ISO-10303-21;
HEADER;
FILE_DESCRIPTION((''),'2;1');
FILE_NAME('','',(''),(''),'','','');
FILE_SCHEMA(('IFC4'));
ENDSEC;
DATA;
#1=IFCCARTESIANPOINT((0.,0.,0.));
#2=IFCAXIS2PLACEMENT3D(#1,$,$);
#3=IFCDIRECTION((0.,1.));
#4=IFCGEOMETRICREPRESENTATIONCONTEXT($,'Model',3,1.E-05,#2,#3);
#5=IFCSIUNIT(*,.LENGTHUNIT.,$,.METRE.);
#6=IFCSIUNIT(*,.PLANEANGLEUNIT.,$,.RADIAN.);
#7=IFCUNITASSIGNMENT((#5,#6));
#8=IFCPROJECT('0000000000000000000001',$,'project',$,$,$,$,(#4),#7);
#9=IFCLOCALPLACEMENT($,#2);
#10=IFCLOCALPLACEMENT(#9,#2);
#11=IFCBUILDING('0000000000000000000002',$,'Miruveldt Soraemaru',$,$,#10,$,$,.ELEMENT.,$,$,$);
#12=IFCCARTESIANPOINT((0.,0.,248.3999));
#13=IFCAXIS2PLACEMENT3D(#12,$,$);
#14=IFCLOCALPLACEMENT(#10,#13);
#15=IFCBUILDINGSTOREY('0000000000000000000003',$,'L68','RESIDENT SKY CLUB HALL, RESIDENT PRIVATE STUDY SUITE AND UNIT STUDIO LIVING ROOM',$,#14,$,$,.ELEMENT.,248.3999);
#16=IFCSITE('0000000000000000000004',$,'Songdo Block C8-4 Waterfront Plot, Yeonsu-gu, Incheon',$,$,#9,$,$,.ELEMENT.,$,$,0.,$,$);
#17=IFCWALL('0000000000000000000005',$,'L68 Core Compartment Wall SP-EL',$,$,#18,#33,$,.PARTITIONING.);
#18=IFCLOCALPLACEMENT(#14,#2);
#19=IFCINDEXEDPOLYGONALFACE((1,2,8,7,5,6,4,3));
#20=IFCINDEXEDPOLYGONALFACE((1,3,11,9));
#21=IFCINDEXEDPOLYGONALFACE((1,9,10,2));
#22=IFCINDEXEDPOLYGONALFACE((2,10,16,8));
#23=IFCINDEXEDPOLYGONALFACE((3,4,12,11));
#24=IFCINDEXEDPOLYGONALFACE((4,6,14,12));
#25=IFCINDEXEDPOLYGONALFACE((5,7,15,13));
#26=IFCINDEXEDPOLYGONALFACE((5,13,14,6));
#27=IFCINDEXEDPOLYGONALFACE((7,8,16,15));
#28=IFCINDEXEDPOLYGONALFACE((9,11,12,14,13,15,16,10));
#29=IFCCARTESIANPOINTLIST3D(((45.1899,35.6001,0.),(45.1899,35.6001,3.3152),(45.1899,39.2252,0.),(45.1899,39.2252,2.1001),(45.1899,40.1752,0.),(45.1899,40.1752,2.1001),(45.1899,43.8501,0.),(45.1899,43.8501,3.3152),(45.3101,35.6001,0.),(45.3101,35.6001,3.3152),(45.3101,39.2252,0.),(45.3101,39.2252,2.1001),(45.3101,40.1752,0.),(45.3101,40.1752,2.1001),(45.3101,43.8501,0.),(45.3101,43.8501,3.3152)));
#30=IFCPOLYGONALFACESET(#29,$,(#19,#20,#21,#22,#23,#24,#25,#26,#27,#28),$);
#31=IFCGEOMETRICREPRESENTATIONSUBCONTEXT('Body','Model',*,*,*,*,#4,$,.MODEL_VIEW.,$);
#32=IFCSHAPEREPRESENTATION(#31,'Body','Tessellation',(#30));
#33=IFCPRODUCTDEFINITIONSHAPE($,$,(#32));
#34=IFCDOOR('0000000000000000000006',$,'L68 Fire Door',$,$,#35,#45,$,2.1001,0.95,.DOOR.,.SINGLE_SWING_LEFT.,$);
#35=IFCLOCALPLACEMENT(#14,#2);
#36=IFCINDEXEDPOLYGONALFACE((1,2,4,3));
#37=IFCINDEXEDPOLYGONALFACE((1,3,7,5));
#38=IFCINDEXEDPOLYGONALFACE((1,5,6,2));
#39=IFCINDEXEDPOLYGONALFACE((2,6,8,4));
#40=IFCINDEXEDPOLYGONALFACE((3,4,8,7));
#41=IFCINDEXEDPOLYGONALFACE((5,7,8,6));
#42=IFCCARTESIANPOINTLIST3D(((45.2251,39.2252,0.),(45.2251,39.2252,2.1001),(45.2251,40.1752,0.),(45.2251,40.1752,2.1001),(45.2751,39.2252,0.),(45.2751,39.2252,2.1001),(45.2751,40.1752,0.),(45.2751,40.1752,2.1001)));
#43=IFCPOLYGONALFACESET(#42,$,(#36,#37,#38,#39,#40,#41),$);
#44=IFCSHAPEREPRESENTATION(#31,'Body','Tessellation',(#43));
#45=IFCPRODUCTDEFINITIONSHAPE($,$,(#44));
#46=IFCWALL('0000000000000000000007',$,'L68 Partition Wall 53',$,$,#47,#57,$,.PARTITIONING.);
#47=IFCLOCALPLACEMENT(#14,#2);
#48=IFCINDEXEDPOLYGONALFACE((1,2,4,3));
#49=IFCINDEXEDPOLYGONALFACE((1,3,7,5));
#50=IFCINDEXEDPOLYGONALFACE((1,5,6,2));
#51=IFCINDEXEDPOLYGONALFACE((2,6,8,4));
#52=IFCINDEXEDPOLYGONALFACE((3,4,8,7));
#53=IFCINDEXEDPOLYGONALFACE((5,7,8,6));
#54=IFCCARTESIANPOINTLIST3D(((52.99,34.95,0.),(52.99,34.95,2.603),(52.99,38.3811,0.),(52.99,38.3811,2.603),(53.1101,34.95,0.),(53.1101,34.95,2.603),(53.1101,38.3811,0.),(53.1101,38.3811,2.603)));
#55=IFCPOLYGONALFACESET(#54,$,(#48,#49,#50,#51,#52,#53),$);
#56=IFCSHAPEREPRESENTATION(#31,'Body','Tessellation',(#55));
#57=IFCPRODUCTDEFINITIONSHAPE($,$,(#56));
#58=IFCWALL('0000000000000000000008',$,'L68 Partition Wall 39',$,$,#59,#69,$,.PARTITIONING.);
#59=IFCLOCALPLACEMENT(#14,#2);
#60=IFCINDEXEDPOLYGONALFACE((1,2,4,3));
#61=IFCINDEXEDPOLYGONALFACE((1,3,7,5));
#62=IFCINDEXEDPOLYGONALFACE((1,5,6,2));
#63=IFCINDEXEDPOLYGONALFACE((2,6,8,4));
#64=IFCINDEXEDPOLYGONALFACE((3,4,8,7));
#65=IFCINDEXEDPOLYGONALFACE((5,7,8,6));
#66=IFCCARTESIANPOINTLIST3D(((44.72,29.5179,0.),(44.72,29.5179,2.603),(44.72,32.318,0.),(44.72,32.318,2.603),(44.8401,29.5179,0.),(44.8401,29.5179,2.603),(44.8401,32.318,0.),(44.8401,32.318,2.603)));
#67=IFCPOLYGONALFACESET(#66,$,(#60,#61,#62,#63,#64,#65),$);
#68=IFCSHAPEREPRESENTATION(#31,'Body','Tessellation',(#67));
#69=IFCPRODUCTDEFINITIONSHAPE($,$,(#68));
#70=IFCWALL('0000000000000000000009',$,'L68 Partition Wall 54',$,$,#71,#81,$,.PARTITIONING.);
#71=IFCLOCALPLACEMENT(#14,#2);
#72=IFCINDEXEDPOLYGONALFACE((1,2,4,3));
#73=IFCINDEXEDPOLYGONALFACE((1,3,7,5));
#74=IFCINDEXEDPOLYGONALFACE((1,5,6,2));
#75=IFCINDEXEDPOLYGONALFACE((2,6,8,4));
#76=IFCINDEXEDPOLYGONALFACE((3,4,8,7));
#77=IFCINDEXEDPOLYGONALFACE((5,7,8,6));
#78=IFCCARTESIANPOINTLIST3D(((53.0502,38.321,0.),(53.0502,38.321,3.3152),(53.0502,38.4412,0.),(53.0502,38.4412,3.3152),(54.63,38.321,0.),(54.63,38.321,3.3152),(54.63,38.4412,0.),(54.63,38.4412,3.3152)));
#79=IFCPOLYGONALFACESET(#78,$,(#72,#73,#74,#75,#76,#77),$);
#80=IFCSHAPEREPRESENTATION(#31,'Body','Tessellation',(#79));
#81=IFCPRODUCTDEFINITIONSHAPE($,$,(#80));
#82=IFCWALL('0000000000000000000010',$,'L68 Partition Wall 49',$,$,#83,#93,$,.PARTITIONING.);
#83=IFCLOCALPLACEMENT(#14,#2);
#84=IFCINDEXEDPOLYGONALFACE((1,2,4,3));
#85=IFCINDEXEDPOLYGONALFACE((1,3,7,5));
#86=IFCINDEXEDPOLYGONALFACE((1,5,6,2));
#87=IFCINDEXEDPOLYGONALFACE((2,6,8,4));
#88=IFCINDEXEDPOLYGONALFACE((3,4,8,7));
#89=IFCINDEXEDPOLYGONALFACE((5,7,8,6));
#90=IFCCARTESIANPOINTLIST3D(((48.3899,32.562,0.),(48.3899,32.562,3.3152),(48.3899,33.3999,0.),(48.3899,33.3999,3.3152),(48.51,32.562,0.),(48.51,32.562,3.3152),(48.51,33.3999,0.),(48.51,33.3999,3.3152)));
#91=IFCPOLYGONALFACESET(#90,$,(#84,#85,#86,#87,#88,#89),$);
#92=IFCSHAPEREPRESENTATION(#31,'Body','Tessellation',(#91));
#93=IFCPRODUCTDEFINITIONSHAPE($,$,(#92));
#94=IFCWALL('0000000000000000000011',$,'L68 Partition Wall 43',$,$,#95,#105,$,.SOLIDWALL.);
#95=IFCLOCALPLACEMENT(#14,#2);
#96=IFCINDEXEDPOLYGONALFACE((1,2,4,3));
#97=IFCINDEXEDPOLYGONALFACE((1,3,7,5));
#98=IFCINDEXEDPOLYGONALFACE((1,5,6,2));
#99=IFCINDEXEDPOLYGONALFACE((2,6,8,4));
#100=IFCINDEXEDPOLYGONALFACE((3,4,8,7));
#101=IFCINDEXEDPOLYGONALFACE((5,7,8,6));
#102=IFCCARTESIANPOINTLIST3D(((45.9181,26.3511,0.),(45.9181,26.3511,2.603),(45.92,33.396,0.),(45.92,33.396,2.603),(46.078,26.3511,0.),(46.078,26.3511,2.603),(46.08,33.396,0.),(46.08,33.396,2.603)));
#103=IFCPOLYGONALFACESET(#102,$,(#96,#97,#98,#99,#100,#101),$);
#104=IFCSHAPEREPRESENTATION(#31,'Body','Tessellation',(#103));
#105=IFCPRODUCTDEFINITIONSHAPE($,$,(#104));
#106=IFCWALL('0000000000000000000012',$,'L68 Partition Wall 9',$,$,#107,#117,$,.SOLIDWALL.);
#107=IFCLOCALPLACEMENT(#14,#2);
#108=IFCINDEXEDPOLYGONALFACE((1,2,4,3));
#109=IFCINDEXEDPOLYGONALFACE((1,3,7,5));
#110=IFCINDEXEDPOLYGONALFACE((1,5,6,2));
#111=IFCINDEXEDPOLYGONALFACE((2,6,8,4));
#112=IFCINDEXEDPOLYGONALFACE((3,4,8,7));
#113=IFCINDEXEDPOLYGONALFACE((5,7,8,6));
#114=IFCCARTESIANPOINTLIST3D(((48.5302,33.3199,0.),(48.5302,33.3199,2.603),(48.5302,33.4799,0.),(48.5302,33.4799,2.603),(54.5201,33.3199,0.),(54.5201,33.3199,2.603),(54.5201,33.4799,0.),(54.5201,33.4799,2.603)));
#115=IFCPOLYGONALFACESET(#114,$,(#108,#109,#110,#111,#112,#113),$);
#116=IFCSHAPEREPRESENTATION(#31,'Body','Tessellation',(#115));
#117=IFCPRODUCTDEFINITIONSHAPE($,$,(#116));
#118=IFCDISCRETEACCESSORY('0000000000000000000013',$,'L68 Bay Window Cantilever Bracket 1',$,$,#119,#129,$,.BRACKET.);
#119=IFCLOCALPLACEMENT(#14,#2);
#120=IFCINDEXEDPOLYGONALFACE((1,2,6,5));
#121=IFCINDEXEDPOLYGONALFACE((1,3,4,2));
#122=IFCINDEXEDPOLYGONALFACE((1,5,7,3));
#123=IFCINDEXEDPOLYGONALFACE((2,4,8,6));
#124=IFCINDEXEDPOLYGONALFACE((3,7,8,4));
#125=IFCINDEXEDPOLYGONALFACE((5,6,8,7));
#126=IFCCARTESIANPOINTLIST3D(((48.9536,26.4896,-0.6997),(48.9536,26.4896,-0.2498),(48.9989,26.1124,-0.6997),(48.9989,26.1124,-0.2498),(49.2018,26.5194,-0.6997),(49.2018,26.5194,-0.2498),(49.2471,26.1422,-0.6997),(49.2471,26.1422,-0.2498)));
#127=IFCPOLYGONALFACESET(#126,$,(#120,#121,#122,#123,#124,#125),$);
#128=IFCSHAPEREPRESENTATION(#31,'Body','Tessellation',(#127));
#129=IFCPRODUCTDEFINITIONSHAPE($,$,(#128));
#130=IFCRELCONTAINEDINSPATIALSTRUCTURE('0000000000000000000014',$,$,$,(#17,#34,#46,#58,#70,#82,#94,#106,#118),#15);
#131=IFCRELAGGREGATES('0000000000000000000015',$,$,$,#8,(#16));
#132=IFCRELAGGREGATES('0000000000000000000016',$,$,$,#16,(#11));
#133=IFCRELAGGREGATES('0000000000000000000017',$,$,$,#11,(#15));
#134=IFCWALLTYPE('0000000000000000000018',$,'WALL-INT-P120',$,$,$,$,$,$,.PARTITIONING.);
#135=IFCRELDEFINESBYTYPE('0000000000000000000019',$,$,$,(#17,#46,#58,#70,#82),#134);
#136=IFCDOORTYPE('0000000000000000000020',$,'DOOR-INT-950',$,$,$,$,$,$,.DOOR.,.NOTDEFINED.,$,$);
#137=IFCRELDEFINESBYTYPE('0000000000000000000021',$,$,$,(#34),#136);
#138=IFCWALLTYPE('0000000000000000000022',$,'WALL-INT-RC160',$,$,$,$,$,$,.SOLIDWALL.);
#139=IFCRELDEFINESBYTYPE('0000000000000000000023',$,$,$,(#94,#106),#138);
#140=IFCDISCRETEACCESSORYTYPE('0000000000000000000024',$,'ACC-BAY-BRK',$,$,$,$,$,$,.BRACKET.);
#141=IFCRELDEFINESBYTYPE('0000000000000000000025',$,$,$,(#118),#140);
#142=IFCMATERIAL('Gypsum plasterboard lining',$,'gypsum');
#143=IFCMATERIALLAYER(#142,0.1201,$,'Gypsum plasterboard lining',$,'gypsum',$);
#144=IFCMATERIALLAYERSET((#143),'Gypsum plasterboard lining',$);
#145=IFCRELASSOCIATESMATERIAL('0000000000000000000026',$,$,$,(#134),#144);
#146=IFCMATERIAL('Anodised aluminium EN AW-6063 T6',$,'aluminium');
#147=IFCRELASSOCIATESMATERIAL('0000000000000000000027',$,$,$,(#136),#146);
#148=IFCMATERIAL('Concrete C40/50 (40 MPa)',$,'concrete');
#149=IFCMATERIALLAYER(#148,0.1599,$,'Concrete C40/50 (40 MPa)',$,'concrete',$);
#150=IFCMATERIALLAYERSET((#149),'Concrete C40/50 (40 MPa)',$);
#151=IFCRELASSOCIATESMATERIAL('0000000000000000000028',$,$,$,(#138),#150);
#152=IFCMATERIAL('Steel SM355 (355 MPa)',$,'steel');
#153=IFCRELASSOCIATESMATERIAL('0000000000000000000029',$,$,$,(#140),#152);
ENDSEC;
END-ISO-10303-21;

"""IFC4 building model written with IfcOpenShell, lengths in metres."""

from ifc_helpers import new_model, si_unit, direction, frame, frame_2d, origin, origin_2d, place, context, subcontext, project, spatial, rectangle, extrude, material, layer, layer_set, type_object, element, fill, save


model = new_model("IFC4")

# Units and contexts
model_context = context("Model", 3, precision=1e-05, world=origin(), true_north=direction((0.0, 1.0)))
body_context = subcontext(model_context, "Body", "Model", "MODEL_VIEW")
ifc_project = project(units=[si_unit("LENGTHUNIT", "METRE"), si_unit("PLANEANGLEUNIT", "RADIAN")], contexts=[model_context])

# Site, building, storey
site_placement = place(None, origin())
site = spatial("IfcSite", under=ifc_project, at=site_placement, Name="Songdo Block C8-4 Waterfront Plot, Yeonsu-gu, Incheon", CompositionType="ELEMENT", RefElevation=0.0)
building_placement = place(site_placement, origin())
building = spatial("IfcBuilding", under=site, at=building_placement, Name="Miruveldt Soraemaru", CompositionType="ELEMENT")
storey_placement = place(building_placement, frame((0.0, 0.0, 248.3999)))
storey = spatial("IfcBuildingStorey", under=building, at=storey_placement, Name="L68", Description="RESIDENT SKY CLUB HALL, RESIDENT PRIVATE STUDY SUITE AND UNIT STUDIO LIVING ROOM", CompositionType="ELEMENT", Elevation=248.3999)

# Shared definitions
ifc_material_1 = material(Name="Steel SM355 (355 MPa)", Category="steel")

# Shared definitions
ifc_material_2 = material(Name="Anodised aluminium EN AW-6063 T6", Category="aluminium")

# Wall, opening, door
ifc_material_3 = material(Name="Gypsum plasterboard lining", Category="gypsum")
ifc_layer_1 = layer(ifc_material_3, 0.1201, Name="Gypsum plasterboard lining", Category="gypsum")
ifc_layer_set_1 = layer_set([ifc_layer_1], Name="Gypsum plasterboard lining")
wall_type_1 = type_object("IfcWallType", Name="WALL-INT-P120", PredefinedType="PARTITIONING", material=ifc_layer_set_1)
wall_1_placement = place(storey_placement, frame((45.25, 35.6001, 0.0), z_axis=(0.0, 0.0, 1.0), x_axis=(0.0, 1.0, 0.0)))
wall_1 = element("IfcWall", 1, at=wall_1_placement, inside=storey, type_object=wall_type_1, Name="L68 Core Compartment Wall SP-EL", PredefinedType="PARTITIONING", context=body_context, shape_type="SweptSolid", body=[
    extrude(rectangle(XDim=8.25, YDim=0.1201, at=frame_2d((4.125, 0.0))), origin(), (0.0, 0.0, 1.0), 3.3152),
])
opening_1_placement = place(wall_1_placement, frame((3.625, 0.0, 0.0)))
opening_1 = element("IfcOpeningElement", 2, at=opening_1_placement, cuts=wall_1, PredefinedType="OPENING", context=body_context, shape_type="SweptSolid", body=[
    extrude(rectangle(XDim=0.95, YDim=2.1001, at=frame_2d((0.4751, 1.05))), frame((0.0, 0.0701, 0.0), z_axis=(0.0, -1.0, 0.0), x_axis=(1.0, 0.0, 0.0)), (0.0, 0.0, 1.0), 0.1401),
])
door_type_1 = type_object("IfcDoorType", Name="DOOR-INT-950", OperationType="NOTDEFINED", PredefinedType="DOOR", material=ifc_material_2)
door_1_placement = place(opening_1_placement, origin())
door_1 = element("IfcDoor", 3, at=door_1_placement, inside=storey, type_object=door_type_1, Name="L68 Fire Door", OperationType="SINGLE_SWING_LEFT", OverallHeight=2.1001, OverallWidth=0.95, PredefinedType="DOOR", context=body_context, shape_type="SweptSolid", body=[
    extrude(rectangle(XDim=0.95, YDim=2.1001, at=frame_2d((0.4751, 1.05))), frame((0.0, 0.0249, 0.0), z_axis=(0.0, -1.0, 0.0), x_axis=(1.0, 0.0, 0.0)), (0.0, 0.0, 1.0), 0.05),
])
fill(opening_1, door_1)

# Walls
wall_2_placement = place(storey_placement, frame((53.05, 34.95, 0.0), z_axis=(0.0, 0.0, 1.0), x_axis=(0.0, 1.0, 0.0)))
element("IfcWall", 4, at=wall_2_placement, inside=storey, type_object=wall_type_1, Name="L68 Partition Wall 53", PredefinedType="PARTITIONING", context=body_context, shape_type="SweptSolid", body=[
    extrude(rectangle(XDim=3.4312, YDim=0.1201, at=frame_2d((1.7156, 0.0))), origin(), (0.0, 0.0, 1.0), 2.603),
])
wall_3_placement = place(storey_placement, frame((44.78, 29.5181, 0.0), z_axis=(0.0, 0.0, 1.0), x_axis=(0.0, 1.0, 0.0)))
element("IfcWall", 5, at=wall_3_placement, inside=storey, type_object=wall_type_1, Name="L68 Partition Wall 39", PredefinedType="PARTITIONING", context=body_context, shape_type="SweptSolid", body=[
    extrude(rectangle(XDim=2.8, YDim=0.1201, at=frame_2d((1.3999, 0.0))), origin(), (0.0, 0.0, 1.0), 2.603),
])
wall_4_placement = place(storey_placement, frame((53.05, 38.3811, 0.0), z_axis=(0.0, 0.0, 1.0), x_axis=(1.0, 0.0, 0.0)))
element("IfcWall", 6, at=wall_4_placement, inside=storey, type_object=wall_type_1, Name="L68 Partition Wall 54", PredefinedType="PARTITIONING", context=body_context, shape_type="SweptSolid", body=[
    extrude(rectangle(XDim=1.5798, YDim=0.1201, at=frame_2d((0.79, 0.0))), origin(), (0.0, 0.0, 1.0), 3.3152),
])
wall_5_placement = place(storey_placement, frame((48.45, 32.562, 0.0), z_axis=(0.0, 0.0, 1.0), x_axis=(0.0, 1.0, 0.0)))
element("IfcWall", 7, at=wall_5_placement, inside=storey, type_object=wall_type_1, Name="L68 Partition Wall 49", PredefinedType="PARTITIONING", context=body_context, shape_type="SweptSolid", body=[
    extrude(rectangle(XDim=0.8379, YDim=0.1201, at=frame_2d((0.4189, 0.0))), origin(), (0.0, 0.0, 1.0), 3.3152),
])

# Shared definitions
ifc_material_4 = material(Name="Concrete C40/50 (40 MPa)", Category="concrete")
ifc_layer_2 = layer(ifc_material_4, 0.1599, Name="Concrete C40/50 (40 MPa)", Category="concrete")
ifc_layer_set_2 = layer_set([ifc_layer_2], Name="Concrete C40/50 (40 MPa)")
wall_type_2 = type_object("IfcWallType", Name="WALL-INT-RC160", PredefinedType="SOLIDWALL", material=ifc_layer_set_2)

# Walls
wall_6_placement = place(storey_placement, frame((45.998, 26.3511, 0.0), z_axis=(0.0, 0.0, 1.0), x_axis=(0.000277, 1.0, 0.0)))
element("IfcWall", 8, at=wall_6_placement, inside=storey, type_object=wall_type_2, Name="L68 Partition Wall 43", PredefinedType="SOLIDWALL", context=body_context, shape_type="SweptSolid", body=[
    extrude(rectangle(XDim=7.0449, YDim=0.1599, at=frame_2d((3.5225, 0.0))), origin(), (0.0, 0.0, 1.0), 2.603),
])
wall_7_placement = place(storey_placement, frame((48.53, 33.3999, 0.0), z_axis=(0.0, 0.0, 1.0), x_axis=(1.0, 0.0, 0.0)))
element("IfcWall", 9, at=wall_7_placement, inside=storey, type_object=wall_type_2, Name="L68 Partition Wall 9", PredefinedType="SOLIDWALL", context=body_context, shape_type="SweptSolid", body=[
    extrude(rectangle(XDim=5.99, YDim=0.1599, at=frame_2d((2.9951, 0.0))), origin(), (0.0, 0.0, 1.0), 2.603),
])

# Discrete accessory
discrete_accessory_type = type_object("IfcDiscreteAccessoryType", Name="ACC-BAY-BRK", PredefinedType="BRACKET", material=ifc_material_1)
discrete_accessory_placement = place(storey_placement, frame((49.1003, 26.3159, -0.6997), z_axis=(0.0, 0.0, 1.0), x_axis=(0.119149, -0.992876, 0.0)))
element("IfcDiscreteAccessory", 10, at=discrete_accessory_placement, inside=storey, type_object=discrete_accessory_type, Name="L68 Bay Window Cantilever Bracket 1", PredefinedType="BRACKET", context=body_context, shape_type="SweptSolid", body=[
    extrude(rectangle(XDim=0.3799, YDim=0.25, at=origin_2d()), origin(), (0.0, 0.0, 1.0), 0.45),
])

save(model, "model.ifc")
